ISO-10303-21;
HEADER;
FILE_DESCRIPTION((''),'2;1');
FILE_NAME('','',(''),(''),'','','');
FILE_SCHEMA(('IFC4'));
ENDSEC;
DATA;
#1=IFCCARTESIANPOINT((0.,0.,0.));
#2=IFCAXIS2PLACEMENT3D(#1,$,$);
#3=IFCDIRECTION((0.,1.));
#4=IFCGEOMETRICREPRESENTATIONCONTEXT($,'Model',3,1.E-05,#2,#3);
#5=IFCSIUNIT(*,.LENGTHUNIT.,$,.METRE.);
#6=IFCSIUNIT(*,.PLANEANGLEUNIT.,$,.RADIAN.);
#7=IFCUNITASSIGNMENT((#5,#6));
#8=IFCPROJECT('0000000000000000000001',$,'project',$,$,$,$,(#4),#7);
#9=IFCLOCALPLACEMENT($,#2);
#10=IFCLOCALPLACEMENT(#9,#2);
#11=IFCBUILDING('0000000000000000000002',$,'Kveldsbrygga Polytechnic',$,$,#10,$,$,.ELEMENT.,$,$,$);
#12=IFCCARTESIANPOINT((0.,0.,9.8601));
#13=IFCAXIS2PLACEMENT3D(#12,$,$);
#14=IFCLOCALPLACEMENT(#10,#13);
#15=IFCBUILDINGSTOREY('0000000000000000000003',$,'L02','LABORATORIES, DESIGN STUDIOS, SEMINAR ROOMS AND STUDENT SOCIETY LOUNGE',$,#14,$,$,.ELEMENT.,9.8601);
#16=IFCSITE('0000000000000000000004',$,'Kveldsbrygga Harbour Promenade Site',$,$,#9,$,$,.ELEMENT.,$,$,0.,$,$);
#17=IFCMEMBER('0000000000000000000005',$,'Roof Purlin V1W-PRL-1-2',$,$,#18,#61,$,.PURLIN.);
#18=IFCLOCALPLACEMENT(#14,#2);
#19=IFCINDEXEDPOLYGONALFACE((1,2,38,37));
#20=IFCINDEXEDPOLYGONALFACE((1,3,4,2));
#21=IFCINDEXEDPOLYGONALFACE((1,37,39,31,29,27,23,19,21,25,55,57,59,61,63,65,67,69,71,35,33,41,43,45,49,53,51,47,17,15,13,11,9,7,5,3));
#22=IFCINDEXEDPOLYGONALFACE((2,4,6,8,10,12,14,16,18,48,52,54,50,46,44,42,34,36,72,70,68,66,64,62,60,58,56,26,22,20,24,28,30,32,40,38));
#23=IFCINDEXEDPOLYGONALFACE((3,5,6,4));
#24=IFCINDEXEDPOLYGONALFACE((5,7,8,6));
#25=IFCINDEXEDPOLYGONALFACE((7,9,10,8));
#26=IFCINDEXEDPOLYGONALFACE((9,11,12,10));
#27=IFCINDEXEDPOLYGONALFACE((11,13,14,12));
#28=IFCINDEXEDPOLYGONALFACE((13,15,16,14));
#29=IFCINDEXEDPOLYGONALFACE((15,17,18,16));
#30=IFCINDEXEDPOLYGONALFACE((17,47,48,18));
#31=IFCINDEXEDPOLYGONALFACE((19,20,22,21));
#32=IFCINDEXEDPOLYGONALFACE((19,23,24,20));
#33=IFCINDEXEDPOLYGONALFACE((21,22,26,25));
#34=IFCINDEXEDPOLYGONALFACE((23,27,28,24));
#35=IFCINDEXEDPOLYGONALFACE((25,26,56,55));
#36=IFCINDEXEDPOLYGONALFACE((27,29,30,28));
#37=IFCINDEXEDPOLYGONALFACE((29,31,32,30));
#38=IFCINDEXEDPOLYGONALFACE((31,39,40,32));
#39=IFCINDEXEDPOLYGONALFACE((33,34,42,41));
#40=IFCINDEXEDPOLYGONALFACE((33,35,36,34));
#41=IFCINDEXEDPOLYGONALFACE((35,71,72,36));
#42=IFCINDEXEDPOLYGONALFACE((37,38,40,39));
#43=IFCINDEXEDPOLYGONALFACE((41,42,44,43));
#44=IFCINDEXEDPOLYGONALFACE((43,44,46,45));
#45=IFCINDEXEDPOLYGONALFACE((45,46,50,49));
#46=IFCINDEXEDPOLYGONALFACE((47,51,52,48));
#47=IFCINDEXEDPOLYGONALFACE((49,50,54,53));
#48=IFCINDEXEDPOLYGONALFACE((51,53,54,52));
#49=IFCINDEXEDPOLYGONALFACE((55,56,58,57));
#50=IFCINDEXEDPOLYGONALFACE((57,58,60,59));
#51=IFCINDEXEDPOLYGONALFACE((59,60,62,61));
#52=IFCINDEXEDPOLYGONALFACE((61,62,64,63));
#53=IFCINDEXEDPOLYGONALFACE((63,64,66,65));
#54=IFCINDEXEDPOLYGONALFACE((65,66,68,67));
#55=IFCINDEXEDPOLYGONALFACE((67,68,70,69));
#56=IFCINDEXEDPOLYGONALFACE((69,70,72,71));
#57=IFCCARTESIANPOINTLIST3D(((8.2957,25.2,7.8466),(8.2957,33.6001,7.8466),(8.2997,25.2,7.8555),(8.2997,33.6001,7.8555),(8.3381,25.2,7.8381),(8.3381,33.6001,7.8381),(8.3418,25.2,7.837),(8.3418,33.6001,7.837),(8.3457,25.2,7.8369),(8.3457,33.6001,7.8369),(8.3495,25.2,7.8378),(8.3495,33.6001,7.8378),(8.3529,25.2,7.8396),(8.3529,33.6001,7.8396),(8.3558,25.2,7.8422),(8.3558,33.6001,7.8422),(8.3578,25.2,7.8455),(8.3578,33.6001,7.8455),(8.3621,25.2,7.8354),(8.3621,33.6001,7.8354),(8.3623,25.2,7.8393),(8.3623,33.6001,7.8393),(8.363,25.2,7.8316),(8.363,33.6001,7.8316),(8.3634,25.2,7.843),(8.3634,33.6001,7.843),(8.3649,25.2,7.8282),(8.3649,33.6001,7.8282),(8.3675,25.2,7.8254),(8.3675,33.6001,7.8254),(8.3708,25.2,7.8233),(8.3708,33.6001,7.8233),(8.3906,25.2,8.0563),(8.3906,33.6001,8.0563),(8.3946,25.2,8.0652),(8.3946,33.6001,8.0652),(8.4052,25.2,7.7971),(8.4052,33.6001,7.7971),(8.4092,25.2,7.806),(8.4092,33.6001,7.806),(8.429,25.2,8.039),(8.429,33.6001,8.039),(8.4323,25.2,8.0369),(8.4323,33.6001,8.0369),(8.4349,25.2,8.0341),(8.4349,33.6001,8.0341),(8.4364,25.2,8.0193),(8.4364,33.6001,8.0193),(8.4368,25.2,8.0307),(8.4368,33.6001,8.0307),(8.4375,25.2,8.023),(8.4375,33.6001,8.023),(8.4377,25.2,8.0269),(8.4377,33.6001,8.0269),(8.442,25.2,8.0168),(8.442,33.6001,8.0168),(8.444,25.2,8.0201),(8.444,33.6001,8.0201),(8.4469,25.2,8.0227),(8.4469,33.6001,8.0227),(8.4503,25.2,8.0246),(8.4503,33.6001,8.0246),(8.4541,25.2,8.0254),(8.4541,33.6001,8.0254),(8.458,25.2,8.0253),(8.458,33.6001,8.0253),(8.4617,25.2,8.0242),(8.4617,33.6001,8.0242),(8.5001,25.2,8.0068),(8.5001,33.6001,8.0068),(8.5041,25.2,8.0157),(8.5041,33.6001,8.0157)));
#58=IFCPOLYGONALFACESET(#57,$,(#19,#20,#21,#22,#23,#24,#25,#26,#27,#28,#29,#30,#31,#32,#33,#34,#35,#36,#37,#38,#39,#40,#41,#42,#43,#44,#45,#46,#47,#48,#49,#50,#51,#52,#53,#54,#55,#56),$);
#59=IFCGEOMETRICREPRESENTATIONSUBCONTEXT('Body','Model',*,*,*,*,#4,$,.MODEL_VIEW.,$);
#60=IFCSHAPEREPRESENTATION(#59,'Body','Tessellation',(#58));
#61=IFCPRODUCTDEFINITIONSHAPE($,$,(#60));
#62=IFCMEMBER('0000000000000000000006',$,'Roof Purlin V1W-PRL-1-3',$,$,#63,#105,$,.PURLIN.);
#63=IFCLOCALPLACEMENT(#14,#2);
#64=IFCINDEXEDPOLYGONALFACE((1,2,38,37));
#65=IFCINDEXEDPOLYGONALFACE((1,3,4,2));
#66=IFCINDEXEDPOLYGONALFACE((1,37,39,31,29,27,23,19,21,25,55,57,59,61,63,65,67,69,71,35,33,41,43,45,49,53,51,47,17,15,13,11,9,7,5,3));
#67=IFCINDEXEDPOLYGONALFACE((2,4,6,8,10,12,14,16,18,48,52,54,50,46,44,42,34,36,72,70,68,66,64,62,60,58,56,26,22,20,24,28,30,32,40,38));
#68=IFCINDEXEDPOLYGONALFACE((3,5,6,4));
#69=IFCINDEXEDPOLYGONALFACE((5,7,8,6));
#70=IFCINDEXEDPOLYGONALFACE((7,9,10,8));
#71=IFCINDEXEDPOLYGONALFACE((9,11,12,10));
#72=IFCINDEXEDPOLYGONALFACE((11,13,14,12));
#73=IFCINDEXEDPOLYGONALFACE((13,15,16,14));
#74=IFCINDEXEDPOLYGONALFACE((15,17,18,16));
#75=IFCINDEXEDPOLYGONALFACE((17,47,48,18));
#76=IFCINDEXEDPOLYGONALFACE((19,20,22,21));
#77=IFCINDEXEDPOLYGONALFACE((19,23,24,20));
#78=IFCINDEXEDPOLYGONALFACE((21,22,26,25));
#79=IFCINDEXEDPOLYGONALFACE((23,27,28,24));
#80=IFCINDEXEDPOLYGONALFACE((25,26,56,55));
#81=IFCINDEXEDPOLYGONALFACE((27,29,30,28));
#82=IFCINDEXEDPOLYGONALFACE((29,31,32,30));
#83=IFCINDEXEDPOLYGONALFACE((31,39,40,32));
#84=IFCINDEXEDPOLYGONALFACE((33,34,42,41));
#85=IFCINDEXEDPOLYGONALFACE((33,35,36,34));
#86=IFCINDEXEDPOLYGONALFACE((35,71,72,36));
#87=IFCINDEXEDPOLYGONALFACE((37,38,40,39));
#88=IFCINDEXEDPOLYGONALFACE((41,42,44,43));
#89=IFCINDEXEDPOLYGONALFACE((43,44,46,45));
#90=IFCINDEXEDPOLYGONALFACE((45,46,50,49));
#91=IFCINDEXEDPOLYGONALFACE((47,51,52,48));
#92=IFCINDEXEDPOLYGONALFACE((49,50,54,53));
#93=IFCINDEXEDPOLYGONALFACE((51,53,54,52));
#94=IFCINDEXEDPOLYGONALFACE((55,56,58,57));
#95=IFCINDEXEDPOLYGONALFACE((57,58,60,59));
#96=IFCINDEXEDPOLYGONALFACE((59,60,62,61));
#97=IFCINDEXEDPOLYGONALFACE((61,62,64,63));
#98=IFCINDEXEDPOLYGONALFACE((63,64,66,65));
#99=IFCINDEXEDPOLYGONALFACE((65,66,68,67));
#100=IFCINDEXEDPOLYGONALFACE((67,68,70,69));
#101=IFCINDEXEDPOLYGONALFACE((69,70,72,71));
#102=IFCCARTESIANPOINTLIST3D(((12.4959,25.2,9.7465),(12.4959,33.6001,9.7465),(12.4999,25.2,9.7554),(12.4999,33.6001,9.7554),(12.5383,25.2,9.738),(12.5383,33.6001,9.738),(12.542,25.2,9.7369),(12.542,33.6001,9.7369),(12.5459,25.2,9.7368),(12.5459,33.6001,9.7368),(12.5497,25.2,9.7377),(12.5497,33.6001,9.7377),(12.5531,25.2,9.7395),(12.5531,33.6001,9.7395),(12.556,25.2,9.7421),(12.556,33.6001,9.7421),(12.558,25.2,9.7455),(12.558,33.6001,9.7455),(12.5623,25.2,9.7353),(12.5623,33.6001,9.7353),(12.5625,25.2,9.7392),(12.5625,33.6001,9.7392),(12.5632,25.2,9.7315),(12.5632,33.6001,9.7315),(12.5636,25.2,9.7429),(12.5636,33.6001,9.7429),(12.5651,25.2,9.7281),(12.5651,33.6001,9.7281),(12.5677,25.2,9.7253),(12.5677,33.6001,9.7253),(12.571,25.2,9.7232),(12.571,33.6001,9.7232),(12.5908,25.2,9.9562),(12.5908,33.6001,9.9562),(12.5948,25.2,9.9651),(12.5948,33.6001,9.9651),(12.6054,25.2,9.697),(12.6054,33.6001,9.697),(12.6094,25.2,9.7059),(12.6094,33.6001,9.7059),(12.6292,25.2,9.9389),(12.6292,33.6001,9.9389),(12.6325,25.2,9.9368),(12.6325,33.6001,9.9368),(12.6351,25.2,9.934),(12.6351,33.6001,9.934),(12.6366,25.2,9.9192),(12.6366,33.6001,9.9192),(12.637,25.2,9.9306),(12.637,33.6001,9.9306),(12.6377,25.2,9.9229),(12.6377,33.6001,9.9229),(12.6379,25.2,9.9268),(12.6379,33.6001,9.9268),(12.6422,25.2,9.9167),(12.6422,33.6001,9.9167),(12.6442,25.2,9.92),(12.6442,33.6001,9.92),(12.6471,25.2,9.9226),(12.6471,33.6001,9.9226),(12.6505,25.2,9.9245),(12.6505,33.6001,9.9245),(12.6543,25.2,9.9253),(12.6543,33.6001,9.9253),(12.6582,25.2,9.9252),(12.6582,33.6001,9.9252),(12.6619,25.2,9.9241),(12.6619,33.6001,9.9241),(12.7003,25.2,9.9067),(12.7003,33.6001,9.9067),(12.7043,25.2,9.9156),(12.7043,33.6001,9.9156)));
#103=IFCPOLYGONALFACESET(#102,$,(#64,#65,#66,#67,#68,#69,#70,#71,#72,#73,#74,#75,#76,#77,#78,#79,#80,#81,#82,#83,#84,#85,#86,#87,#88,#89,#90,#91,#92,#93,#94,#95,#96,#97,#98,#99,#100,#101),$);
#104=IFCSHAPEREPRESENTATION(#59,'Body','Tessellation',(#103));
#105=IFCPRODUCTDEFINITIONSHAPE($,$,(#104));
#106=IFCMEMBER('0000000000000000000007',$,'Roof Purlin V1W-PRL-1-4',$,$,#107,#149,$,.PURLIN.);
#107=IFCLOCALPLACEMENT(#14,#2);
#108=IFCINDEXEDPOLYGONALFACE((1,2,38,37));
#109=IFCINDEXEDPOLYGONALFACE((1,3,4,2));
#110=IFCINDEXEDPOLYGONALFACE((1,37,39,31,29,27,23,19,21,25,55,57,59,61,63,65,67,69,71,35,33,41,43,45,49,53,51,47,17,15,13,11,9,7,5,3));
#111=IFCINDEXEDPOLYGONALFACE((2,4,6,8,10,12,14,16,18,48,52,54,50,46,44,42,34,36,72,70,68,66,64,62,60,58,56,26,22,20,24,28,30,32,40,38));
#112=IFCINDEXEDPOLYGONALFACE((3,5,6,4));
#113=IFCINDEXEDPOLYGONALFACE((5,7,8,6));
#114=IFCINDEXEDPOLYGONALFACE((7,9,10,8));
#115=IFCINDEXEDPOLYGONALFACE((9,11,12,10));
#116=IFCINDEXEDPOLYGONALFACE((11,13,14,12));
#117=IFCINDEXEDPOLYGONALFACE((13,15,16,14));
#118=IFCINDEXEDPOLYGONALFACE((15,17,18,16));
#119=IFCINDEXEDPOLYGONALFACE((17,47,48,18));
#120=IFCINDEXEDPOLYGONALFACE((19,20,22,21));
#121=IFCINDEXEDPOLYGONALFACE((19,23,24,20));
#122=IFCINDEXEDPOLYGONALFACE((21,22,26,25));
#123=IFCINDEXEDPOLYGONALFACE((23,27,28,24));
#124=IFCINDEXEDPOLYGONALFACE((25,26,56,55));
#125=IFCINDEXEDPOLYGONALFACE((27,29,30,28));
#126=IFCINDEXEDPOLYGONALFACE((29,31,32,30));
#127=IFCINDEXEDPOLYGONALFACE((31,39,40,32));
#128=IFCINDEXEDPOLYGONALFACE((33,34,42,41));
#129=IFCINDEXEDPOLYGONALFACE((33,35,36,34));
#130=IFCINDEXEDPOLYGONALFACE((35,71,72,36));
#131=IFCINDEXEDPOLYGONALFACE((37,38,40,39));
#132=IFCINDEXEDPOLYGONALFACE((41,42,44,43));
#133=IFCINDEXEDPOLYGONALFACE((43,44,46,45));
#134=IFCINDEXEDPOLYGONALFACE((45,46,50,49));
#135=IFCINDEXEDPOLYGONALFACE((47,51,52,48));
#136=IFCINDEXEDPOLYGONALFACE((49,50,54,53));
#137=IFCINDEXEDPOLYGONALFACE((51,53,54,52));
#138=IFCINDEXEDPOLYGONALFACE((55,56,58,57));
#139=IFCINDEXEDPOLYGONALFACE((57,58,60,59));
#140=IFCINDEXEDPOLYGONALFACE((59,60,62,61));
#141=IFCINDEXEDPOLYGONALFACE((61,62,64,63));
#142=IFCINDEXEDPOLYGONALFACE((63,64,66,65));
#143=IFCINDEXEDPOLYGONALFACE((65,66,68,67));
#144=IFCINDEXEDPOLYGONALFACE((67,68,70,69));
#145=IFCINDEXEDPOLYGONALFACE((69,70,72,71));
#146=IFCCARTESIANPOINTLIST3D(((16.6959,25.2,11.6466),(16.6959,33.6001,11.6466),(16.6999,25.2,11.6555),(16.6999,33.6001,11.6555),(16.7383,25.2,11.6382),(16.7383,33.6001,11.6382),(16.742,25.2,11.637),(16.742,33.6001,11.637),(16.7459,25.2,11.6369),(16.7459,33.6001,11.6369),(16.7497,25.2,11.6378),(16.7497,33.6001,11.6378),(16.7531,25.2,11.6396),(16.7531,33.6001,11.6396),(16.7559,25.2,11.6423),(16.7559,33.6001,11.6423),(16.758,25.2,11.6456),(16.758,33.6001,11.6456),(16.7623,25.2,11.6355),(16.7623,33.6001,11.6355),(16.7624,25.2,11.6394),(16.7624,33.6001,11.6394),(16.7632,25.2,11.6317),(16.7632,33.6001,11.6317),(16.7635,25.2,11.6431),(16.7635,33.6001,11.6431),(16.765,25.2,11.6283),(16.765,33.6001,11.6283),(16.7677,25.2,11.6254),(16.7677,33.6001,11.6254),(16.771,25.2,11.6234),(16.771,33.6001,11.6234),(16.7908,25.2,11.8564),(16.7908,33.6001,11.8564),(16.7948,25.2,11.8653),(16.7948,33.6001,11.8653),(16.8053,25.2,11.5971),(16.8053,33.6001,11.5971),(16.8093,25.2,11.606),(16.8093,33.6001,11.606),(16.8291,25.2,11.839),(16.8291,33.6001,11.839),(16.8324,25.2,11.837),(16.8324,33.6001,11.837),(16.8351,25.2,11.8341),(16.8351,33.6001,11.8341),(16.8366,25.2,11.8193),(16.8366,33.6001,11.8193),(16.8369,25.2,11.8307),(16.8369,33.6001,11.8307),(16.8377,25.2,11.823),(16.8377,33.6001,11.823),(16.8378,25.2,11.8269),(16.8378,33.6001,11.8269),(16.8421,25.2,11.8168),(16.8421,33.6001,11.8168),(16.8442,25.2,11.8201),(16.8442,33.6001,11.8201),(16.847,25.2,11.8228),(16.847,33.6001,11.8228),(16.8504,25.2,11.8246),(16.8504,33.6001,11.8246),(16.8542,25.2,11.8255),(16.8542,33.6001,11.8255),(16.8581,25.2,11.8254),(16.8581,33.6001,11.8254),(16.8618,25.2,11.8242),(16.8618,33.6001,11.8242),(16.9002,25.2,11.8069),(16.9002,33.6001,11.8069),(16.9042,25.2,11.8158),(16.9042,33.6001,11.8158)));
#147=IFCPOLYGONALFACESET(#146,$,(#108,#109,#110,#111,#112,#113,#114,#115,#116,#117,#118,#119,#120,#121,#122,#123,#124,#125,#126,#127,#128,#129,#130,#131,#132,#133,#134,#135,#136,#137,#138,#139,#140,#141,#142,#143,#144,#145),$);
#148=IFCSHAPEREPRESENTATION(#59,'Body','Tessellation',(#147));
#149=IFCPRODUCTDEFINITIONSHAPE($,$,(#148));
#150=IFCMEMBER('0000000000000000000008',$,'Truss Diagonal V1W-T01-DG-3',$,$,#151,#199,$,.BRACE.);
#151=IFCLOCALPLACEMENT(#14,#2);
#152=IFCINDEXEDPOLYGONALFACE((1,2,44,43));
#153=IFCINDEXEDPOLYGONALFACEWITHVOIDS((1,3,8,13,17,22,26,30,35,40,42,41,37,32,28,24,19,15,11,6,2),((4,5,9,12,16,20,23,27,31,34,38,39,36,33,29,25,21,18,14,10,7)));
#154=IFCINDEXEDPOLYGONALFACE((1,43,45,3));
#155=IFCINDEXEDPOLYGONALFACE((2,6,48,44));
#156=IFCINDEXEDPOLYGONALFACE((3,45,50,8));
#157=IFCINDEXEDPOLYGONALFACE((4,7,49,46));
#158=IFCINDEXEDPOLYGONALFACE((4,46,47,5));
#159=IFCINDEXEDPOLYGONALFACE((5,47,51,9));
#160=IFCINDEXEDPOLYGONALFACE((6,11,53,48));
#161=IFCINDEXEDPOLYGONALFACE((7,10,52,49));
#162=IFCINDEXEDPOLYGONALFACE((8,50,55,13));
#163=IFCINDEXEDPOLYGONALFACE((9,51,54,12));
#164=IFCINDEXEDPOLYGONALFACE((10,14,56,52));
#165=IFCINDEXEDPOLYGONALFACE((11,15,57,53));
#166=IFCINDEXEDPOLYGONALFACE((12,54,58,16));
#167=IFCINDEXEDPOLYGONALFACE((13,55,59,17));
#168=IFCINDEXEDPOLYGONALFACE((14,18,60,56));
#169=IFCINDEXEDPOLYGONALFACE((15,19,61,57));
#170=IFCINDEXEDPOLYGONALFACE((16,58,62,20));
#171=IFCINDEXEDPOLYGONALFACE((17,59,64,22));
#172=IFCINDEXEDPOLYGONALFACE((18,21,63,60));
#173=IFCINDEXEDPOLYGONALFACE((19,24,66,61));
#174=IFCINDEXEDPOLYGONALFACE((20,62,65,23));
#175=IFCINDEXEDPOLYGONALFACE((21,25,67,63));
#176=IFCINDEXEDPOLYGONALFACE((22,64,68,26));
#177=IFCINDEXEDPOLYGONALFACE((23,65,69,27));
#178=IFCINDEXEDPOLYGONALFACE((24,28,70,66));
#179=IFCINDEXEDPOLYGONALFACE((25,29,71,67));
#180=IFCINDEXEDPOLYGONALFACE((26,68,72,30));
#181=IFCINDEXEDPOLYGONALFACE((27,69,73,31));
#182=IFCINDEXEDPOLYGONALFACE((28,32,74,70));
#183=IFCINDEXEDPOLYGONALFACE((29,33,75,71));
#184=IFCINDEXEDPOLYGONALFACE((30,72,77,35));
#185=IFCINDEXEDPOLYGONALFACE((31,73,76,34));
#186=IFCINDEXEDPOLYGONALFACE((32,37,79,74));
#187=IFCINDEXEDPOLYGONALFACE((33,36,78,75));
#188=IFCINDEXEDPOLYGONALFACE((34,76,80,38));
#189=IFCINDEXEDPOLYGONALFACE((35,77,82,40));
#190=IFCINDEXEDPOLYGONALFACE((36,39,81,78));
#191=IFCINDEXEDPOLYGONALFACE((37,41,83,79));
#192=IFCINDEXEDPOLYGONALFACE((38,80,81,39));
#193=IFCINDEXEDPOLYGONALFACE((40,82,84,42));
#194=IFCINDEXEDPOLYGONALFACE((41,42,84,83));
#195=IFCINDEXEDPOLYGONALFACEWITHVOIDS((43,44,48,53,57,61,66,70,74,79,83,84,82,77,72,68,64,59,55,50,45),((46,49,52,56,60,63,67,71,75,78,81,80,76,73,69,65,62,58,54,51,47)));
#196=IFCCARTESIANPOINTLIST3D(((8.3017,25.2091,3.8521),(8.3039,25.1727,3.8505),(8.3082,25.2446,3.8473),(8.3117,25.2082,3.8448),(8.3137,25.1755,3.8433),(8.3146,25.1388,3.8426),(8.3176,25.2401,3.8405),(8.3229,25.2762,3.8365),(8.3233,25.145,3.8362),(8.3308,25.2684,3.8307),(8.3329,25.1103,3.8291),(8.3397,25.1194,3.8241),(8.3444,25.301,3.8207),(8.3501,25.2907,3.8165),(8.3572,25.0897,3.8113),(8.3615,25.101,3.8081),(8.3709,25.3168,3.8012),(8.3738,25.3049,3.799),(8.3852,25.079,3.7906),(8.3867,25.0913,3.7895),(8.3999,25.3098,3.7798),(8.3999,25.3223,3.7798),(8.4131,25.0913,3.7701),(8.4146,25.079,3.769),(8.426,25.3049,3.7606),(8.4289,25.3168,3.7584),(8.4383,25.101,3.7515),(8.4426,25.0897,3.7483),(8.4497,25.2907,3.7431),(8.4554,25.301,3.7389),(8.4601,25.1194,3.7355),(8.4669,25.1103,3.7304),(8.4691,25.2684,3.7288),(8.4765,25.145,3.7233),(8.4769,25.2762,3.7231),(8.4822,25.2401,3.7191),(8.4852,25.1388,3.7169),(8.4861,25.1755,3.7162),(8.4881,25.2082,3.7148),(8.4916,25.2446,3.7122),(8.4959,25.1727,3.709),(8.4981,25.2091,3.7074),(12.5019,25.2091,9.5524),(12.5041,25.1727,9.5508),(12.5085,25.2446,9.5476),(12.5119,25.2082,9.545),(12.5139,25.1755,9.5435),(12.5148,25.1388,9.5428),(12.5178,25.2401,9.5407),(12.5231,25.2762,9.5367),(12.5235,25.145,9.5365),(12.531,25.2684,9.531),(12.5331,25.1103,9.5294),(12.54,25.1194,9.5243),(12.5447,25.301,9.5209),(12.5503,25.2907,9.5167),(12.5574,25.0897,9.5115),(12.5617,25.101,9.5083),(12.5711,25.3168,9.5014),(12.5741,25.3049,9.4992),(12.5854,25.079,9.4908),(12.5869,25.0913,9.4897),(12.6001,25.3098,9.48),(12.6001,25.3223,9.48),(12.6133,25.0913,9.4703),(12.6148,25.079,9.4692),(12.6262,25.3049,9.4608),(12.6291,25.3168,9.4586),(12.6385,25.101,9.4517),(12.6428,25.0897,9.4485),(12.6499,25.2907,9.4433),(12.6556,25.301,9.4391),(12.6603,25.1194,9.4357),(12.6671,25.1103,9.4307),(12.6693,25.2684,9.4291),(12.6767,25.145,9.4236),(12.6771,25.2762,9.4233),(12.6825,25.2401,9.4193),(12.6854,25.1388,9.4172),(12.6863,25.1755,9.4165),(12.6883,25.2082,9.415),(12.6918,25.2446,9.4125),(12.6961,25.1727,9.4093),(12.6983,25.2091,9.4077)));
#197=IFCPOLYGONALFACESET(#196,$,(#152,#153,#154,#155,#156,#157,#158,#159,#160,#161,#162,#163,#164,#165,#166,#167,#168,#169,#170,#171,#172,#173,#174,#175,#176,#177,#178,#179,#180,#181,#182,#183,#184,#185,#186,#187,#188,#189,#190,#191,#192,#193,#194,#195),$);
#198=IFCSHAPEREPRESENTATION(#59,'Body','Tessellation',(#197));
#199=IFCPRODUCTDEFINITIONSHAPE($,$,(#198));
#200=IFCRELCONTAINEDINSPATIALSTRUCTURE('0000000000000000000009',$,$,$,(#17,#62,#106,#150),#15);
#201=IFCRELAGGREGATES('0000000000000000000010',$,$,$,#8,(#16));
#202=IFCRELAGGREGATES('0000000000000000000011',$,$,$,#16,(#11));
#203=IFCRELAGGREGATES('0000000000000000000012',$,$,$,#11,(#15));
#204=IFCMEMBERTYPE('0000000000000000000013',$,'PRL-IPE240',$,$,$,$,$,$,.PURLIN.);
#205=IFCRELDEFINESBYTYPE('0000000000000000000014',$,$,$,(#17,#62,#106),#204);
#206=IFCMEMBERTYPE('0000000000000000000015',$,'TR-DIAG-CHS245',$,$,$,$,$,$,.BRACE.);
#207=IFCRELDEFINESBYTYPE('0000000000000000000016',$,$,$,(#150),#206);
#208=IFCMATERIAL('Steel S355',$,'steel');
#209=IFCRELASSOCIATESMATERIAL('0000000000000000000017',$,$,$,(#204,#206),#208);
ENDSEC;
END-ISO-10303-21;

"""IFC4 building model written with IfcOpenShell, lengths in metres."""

from ifc_helpers import new_model, si_unit, direction, frame, origin, origin_2d, place, context, subcontext, project, spatial, hollow_circle, i_section, extrude, material, material_profile, profile_set, type_object, element, save


model = new_model("IFC4")

# Units and contexts
model_context = context("Model", 3, precision=1e-05, world=origin(), true_north=direction((0.0, 1.0)))
body_context = subcontext(model_context, "Body", "Model", "MODEL_VIEW")
ifc_project = project(units=[si_unit("LENGTHUNIT", "METRE"), si_unit("PLANEANGLEUNIT", "RADIAN")], contexts=[model_context])

# Site, building, storey
site_placement = place(None, origin())
site = spatial("IfcSite", under=ifc_project, at=site_placement, Name="Kveldsbrygga Harbour Promenade Site", CompositionType="ELEMENT", RefElevation=0.0)
building_placement = place(site_placement, origin())
building = spatial("IfcBuilding", under=site, at=building_placement, Name="Kveldsbrygga Polytechnic", CompositionType="ELEMENT")
storey_placement = place(building_placement, frame((0.0, 0.0, 9.8601)))
storey = spatial("IfcBuildingStorey", under=building, at=storey_placement, Name="L02", Description="LABORATORIES, DESIGN STUDIOS, SEMINAR ROOMS AND STUDENT SOCIETY LOUNGE", CompositionType="ELEMENT", Elevation=9.8601)

# Members
ifc_material_1 = material(Name="Steel S355", Category="steel")
ifc_material_profile_1 = material_profile(ifc_material_1, i_section(OverallWidth=0.1201, OverallDepth=0.24, WebThickness=0.0061, FlangeThickness=0.0098, FilletRadius=0.0149, at=origin_2d()), Name="IPE 240")
ifc_profile_set_1 = profile_set([ifc_material_profile_1], Name="Steel S355")
member_type_1 = type_object("IfcMemberType", Name="PRL-IPE240", PredefinedType="PURLIN", material=ifc_profile_set_1)
for number, where, z_axis, x_axis, name in (
    (1, (8.3999, 25.2, 7.9312), (0.0, 1.0, 0.0), (-0.911108, 0.0, 0.412168), "Roof Purlin V1W-PRL-1-2"),
    (2, (12.6001, 25.2, 9.8311), (0.0, 1.0, 0.0), (-0.911108, 0.0, 0.412168), "Roof Purlin V1W-PRL-1-3"),
    (3, (16.8, 25.2, 11.7312), (0.0, 1.0, 0.0), (-0.911108, 0.0, 0.412168), "Roof Purlin V1W-PRL-1-4"),
):
    element("IfcMember", number, at=place(storey_placement, frame(where, z_axis=z_axis, x_axis=x_axis)), inside=storey, type_object=member_type_1, Name=name, PredefinedType="PURLIN", context=body_context, shape_type="SweptSolid", body=[
        extrude(i_section(OverallWidth=0.1201, OverallDepth=0.24, WebThickness=0.0061, FlangeThickness=0.0098, FilletRadius=0.0149, at=origin_2d()), origin(), (0.0, 0.0, 1.0), 8.4001),
    ])
ifc_material_profile_2 = material_profile(ifc_material_1, hollow_circle(Radius=0.1223, WallThickness=0.0125, at=origin_2d()), Name="CHS 244.5x12.5")
ifc_profile_set_2 = profile_set([ifc_material_profile_2], Name="Steel S355")
member_type_2 = type_object("IfcMemberType", Name="TR-DIAG-CHS245", PredefinedType="BRACE", material=ifc_profile_set_2)
member_1_placement = place(storey_placement, frame((8.3999, 25.2, 3.7798), z_axis=(0.593204, 0.0, 0.805052), x_axis=(0.0, 1.0, 0.0)))
element("IfcMember", 4, at=member_1_placement, inside=storey, type_object=member_type_2, Name="Truss Diagonal V1W-T01-DG-3", PredefinedType="BRACE", context=body_context, shape_type="SweptSolid", body=[
    extrude(hollow_circle(Radius=0.1223, WallThickness=0.0125, at=origin_2d()), origin(), (0.0, 0.0, 1.0), 7.0806),
])

save(model, "model.ifc")
